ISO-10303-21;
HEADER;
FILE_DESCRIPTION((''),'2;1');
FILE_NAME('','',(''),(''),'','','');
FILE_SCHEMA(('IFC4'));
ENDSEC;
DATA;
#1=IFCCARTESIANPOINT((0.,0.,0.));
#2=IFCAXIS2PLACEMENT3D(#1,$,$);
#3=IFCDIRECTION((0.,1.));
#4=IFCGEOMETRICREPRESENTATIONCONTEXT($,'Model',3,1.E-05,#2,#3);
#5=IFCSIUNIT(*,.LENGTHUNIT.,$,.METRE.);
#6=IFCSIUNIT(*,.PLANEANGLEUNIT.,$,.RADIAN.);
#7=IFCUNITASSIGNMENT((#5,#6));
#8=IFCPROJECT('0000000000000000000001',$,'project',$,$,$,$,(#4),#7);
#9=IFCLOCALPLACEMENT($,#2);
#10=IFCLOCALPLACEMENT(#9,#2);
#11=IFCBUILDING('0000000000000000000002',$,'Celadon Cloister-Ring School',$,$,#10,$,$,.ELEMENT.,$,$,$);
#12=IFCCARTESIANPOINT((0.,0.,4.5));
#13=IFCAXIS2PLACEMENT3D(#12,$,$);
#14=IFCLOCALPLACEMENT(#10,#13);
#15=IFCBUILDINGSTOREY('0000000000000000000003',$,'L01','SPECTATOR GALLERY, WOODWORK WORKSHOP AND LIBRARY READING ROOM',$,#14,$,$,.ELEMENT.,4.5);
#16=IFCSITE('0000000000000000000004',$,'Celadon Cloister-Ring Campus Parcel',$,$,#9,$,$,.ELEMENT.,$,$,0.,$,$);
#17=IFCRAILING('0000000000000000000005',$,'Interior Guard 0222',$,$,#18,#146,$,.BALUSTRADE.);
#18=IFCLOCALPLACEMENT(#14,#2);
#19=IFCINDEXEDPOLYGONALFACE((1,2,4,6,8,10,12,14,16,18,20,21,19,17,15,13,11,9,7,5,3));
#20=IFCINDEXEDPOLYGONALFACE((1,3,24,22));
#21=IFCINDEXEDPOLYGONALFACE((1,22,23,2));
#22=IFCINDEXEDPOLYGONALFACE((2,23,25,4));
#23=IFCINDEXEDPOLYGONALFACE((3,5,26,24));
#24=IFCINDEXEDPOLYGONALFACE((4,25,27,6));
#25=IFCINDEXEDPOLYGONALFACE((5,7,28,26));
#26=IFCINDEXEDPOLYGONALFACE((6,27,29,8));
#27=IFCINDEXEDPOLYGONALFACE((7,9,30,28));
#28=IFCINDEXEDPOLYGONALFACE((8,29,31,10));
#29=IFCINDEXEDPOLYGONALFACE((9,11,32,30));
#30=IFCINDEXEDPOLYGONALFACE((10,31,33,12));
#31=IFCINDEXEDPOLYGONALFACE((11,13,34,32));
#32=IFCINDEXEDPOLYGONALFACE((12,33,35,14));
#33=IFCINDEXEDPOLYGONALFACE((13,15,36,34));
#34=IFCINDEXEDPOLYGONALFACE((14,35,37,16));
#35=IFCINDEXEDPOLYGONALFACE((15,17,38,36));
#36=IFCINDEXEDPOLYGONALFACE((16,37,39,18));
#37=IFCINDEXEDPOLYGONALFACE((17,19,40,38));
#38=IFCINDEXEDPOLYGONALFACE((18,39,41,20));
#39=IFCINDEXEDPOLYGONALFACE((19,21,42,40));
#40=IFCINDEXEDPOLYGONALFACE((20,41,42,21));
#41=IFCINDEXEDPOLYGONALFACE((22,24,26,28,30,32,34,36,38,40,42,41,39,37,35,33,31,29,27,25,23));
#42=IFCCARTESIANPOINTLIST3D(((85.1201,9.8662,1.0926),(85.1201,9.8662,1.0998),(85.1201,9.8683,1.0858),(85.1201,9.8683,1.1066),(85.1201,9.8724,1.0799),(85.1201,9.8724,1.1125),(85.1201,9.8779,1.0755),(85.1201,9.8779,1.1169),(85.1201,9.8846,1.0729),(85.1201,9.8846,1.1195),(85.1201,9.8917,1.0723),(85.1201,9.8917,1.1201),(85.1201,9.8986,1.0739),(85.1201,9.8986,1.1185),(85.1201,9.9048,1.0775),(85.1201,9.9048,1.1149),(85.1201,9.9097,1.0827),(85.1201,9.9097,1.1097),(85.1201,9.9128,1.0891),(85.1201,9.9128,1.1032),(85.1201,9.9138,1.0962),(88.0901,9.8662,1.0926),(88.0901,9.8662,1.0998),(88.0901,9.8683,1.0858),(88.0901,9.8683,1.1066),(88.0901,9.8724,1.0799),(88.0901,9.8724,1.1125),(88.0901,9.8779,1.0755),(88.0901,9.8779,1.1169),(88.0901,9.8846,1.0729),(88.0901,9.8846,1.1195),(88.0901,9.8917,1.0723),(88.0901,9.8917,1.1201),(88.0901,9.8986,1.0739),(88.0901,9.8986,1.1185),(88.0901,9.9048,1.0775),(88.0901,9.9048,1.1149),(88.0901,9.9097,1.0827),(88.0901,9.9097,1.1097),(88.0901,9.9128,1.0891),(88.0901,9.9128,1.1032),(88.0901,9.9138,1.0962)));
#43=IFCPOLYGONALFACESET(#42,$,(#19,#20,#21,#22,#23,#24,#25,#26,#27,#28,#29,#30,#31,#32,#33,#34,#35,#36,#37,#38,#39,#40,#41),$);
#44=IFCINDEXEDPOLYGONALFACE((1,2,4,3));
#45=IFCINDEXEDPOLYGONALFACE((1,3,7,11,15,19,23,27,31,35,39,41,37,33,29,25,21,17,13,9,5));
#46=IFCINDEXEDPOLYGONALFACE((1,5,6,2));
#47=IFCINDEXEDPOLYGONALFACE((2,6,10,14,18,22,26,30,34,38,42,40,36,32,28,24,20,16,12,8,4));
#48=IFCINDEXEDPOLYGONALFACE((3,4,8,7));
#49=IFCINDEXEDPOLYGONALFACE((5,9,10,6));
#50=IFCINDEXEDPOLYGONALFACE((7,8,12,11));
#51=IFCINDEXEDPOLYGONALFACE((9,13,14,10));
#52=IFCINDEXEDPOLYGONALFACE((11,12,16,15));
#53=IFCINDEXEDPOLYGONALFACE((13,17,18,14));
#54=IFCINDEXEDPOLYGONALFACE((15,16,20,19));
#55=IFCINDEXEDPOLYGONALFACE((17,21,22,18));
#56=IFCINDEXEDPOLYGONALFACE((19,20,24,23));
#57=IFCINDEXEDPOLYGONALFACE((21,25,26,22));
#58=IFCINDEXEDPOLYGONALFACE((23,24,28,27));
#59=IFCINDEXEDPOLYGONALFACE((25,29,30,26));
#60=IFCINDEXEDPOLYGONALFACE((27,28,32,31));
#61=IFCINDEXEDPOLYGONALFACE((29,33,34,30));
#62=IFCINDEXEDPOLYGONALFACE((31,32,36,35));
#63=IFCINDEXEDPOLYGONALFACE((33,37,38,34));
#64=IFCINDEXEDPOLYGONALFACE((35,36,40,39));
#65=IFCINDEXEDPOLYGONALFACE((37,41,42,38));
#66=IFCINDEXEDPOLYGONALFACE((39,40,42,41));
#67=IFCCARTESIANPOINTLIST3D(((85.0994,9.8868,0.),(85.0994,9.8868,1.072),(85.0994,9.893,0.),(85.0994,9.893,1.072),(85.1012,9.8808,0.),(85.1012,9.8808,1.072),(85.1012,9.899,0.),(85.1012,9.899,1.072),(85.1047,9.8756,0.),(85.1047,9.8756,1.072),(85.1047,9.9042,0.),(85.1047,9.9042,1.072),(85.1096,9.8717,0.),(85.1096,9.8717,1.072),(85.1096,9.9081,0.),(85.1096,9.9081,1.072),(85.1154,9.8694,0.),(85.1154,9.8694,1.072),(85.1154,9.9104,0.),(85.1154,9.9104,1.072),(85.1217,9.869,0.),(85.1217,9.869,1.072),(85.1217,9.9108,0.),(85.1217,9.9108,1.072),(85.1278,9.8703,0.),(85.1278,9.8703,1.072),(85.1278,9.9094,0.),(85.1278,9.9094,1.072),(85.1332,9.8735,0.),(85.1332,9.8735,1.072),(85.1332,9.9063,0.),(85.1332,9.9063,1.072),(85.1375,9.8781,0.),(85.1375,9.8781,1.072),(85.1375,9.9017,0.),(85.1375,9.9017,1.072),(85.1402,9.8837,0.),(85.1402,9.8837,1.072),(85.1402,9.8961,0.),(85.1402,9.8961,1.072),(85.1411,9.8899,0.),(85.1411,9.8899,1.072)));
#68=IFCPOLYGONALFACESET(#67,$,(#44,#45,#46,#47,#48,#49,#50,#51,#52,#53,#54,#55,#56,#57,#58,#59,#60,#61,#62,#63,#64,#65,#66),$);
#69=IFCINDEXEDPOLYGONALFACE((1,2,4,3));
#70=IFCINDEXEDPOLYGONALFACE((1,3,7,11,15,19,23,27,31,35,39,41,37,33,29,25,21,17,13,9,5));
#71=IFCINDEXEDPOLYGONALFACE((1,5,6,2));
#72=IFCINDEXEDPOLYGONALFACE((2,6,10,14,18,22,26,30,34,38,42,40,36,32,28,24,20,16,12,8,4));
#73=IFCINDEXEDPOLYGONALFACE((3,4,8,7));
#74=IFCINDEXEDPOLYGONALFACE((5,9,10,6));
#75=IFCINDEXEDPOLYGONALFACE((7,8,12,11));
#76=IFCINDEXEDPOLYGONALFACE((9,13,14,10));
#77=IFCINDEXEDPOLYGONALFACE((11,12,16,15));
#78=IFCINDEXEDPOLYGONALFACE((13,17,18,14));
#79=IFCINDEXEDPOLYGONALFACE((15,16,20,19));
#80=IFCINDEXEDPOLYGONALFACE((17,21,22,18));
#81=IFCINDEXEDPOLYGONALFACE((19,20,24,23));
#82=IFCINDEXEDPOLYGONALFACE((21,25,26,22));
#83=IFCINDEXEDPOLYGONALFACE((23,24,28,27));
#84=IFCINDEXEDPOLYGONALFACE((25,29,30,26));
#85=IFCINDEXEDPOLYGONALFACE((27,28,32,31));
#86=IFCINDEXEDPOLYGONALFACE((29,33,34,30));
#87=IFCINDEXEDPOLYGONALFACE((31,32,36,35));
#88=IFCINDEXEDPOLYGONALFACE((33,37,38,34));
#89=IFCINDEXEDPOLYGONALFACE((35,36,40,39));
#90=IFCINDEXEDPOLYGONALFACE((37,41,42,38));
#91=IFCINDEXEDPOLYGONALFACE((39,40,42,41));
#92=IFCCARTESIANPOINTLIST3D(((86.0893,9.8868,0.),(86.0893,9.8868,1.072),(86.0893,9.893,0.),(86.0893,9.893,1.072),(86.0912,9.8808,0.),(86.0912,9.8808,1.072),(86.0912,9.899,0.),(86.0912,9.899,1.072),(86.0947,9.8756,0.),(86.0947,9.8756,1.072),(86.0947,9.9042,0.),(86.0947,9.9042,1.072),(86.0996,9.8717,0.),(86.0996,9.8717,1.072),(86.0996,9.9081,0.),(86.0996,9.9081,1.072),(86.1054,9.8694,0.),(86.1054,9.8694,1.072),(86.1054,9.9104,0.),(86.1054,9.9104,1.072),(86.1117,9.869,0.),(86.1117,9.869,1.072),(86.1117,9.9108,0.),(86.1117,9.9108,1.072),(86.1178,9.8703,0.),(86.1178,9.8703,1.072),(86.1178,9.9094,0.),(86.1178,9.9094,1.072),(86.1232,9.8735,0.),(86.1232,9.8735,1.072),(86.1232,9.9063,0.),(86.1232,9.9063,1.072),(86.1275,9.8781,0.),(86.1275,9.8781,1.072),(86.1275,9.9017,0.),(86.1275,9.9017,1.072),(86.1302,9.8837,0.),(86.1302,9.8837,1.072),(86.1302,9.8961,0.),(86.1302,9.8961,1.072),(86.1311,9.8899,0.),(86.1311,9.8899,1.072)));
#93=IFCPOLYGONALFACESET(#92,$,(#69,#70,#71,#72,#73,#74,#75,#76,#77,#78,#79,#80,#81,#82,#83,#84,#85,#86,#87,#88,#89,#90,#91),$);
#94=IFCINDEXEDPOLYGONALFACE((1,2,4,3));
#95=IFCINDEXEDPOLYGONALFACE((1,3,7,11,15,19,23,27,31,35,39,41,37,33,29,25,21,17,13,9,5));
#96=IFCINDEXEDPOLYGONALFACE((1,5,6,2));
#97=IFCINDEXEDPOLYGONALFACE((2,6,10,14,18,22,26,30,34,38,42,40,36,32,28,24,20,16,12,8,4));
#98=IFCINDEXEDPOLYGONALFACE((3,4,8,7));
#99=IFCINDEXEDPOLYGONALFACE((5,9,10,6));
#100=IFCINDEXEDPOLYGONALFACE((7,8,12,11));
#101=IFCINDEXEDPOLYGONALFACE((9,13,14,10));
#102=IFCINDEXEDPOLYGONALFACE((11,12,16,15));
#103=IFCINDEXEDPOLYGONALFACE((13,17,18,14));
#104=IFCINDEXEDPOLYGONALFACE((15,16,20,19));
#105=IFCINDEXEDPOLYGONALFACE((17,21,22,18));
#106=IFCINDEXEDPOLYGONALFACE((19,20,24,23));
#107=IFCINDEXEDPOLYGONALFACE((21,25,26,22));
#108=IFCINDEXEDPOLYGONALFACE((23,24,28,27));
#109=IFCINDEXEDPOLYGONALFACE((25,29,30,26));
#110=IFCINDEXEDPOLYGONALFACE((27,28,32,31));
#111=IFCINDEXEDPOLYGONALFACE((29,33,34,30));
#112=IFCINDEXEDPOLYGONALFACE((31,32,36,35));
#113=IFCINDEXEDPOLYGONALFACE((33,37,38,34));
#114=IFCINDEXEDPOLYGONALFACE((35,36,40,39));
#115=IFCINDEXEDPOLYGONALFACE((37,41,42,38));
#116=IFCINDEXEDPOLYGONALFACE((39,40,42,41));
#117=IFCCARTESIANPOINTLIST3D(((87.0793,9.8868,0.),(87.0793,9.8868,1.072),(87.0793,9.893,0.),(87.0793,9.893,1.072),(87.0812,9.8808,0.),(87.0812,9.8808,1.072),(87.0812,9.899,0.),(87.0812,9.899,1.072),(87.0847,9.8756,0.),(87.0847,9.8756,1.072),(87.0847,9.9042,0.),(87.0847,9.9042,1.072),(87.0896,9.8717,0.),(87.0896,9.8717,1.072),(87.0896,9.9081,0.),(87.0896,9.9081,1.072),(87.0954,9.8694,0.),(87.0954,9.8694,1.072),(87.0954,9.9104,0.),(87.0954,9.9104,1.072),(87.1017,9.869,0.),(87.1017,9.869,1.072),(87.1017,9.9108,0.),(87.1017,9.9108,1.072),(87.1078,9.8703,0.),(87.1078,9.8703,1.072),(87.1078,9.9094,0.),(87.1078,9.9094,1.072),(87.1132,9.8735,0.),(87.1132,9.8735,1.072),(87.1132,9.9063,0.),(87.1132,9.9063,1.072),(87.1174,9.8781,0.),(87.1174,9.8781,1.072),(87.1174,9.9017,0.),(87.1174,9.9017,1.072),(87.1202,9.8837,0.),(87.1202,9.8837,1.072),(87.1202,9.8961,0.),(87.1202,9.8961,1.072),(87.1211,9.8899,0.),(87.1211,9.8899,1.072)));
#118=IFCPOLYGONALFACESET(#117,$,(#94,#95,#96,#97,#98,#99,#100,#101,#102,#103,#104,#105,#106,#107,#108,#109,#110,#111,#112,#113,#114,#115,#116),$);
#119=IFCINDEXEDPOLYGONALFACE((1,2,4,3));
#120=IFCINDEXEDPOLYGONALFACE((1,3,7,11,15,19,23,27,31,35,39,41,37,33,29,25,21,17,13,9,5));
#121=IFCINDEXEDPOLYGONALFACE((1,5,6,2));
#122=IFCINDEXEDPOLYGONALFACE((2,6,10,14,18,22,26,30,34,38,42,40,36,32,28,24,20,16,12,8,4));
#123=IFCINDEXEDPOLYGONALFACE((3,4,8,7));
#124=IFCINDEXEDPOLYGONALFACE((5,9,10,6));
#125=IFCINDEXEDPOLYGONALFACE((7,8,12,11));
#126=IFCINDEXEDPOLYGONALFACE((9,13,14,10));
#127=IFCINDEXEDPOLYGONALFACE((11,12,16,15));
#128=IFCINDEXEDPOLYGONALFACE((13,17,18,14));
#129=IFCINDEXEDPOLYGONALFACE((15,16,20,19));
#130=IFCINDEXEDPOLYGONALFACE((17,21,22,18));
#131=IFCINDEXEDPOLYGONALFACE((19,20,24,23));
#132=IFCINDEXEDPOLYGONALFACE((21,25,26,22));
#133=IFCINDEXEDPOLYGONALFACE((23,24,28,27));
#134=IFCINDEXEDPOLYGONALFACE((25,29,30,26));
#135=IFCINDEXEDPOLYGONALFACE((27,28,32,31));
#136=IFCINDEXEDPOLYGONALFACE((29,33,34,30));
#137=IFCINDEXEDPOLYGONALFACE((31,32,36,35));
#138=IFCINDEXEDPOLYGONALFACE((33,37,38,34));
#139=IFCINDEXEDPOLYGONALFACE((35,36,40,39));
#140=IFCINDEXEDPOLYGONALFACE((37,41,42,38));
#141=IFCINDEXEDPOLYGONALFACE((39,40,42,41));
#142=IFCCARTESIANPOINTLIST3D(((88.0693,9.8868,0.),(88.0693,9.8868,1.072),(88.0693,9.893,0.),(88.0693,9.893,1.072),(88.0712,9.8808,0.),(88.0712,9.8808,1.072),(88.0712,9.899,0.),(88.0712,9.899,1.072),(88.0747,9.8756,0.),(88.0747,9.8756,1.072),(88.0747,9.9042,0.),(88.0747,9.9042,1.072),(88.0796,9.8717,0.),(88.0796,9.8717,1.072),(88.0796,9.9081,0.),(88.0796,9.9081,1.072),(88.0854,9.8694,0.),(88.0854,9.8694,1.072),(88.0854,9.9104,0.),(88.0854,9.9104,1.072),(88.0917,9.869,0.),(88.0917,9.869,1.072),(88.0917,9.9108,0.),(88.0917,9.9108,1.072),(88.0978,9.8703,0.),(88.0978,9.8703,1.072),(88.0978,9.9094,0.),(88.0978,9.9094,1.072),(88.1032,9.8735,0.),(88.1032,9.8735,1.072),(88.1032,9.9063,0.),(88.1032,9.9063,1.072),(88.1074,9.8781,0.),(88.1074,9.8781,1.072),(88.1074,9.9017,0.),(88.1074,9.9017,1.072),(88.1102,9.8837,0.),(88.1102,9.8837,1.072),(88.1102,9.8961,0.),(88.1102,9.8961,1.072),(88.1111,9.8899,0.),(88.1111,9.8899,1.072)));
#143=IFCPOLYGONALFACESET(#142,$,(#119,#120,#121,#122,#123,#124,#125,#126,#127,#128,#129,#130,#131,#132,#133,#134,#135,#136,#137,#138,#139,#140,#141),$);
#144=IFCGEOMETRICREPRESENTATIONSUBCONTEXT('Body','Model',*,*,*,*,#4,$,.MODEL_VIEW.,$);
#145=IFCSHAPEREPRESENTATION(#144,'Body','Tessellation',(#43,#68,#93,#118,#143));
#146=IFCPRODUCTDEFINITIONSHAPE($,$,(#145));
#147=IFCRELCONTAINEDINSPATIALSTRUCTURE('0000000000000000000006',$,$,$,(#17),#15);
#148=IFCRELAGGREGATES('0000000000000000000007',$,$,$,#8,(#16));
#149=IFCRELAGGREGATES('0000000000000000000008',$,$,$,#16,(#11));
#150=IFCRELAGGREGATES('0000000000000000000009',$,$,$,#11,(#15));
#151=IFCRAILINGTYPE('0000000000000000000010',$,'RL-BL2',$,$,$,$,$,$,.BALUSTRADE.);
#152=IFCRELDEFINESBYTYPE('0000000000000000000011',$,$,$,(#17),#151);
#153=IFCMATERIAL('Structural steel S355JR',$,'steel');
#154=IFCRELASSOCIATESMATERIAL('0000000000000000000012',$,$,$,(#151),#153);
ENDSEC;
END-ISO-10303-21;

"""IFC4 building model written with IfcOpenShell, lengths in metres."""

from ifc_helpers import new_model, si_unit, direction, frame, origin, origin_2d, place, context, subcontext, project, spatial, circle, extrude, material, type_object, element, save


model = new_model("IFC4")

# Units and contexts
model_context = context("Model", 3, precision=1e-05, world=origin(), true_north=direction((0.0, 1.0)))
body_context = subcontext(model_context, "Body", "Model", "MODEL_VIEW")
ifc_project = project(units=[si_unit("LENGTHUNIT", "METRE"), si_unit("PLANEANGLEUNIT", "RADIAN")], contexts=[model_context])

# Site, building, storey
site_placement = place(None, origin())
site = spatial("IfcSite", under=ifc_project, at=site_placement, Name="Celadon Cloister-Ring Campus Parcel", CompositionType="ELEMENT", RefElevation=0.0)
building_placement = place(site_placement, origin())
building = spatial("IfcBuilding", under=site, at=building_placement, Name="Celadon Cloister-Ring School", CompositionType="ELEMENT")
storey_placement = place(building_placement, frame((0.0, 0.0, 4.5)))
storey = spatial("IfcBuildingStorey", under=building, at=storey_placement, Name="L01", Description="SPECTATOR GALLERY, WOODWORK WORKSHOP AND LIBRARY READING ROOM", CompositionType="ELEMENT", Elevation=4.5)

# Railing
ifc_material_1 = material(Name="Structural steel S355JR", Category="steel")
railing_type_1 = type_object("IfcRailingType", Name="RL-BL2", PredefinedType="BALUSTRADE", material=ifc_material_1)
railing_1_placement = place(storey_placement, frame((85.1201, 9.8899, 0.0)))
element("IfcRailing", 1, at=railing_1_placement, inside=storey, type_object=railing_type_1, Name="Interior Guard 0222", PredefinedType="BALUSTRADE", context=body_context, shape_type="SweptSolid", body=[
    extrude(circle(Radius=0.0239, at=origin_2d()), frame((0.0, 0.0, 1.0962), z_axis=(1.0, 0.0, 0.0), x_axis=(0.0, 1.0, 0.0)), (0.0, 0.0, 1.0), 2.97),
    extrude(circle(Radius=0.021, at=origin_2d()), origin(), (0.0, 0.0, 1.0), 1.072),
    extrude(circle(Radius=0.021, at=origin_2d()), frame((0.99, 0.0, 0.0)), (0.0, 0.0, 1.0), 1.072),
    extrude(circle(Radius=0.021, at=origin_2d()), frame((1.98, 0.0, 0.0)), (0.0, 0.0, 1.0), 1.072),
    extrude(circle(Radius=0.021, at=origin_2d()), frame((2.97, 0.0, 0.0)), (0.0, 0.0, 1.0), 1.072),
])

save(model, "model.ifc")
